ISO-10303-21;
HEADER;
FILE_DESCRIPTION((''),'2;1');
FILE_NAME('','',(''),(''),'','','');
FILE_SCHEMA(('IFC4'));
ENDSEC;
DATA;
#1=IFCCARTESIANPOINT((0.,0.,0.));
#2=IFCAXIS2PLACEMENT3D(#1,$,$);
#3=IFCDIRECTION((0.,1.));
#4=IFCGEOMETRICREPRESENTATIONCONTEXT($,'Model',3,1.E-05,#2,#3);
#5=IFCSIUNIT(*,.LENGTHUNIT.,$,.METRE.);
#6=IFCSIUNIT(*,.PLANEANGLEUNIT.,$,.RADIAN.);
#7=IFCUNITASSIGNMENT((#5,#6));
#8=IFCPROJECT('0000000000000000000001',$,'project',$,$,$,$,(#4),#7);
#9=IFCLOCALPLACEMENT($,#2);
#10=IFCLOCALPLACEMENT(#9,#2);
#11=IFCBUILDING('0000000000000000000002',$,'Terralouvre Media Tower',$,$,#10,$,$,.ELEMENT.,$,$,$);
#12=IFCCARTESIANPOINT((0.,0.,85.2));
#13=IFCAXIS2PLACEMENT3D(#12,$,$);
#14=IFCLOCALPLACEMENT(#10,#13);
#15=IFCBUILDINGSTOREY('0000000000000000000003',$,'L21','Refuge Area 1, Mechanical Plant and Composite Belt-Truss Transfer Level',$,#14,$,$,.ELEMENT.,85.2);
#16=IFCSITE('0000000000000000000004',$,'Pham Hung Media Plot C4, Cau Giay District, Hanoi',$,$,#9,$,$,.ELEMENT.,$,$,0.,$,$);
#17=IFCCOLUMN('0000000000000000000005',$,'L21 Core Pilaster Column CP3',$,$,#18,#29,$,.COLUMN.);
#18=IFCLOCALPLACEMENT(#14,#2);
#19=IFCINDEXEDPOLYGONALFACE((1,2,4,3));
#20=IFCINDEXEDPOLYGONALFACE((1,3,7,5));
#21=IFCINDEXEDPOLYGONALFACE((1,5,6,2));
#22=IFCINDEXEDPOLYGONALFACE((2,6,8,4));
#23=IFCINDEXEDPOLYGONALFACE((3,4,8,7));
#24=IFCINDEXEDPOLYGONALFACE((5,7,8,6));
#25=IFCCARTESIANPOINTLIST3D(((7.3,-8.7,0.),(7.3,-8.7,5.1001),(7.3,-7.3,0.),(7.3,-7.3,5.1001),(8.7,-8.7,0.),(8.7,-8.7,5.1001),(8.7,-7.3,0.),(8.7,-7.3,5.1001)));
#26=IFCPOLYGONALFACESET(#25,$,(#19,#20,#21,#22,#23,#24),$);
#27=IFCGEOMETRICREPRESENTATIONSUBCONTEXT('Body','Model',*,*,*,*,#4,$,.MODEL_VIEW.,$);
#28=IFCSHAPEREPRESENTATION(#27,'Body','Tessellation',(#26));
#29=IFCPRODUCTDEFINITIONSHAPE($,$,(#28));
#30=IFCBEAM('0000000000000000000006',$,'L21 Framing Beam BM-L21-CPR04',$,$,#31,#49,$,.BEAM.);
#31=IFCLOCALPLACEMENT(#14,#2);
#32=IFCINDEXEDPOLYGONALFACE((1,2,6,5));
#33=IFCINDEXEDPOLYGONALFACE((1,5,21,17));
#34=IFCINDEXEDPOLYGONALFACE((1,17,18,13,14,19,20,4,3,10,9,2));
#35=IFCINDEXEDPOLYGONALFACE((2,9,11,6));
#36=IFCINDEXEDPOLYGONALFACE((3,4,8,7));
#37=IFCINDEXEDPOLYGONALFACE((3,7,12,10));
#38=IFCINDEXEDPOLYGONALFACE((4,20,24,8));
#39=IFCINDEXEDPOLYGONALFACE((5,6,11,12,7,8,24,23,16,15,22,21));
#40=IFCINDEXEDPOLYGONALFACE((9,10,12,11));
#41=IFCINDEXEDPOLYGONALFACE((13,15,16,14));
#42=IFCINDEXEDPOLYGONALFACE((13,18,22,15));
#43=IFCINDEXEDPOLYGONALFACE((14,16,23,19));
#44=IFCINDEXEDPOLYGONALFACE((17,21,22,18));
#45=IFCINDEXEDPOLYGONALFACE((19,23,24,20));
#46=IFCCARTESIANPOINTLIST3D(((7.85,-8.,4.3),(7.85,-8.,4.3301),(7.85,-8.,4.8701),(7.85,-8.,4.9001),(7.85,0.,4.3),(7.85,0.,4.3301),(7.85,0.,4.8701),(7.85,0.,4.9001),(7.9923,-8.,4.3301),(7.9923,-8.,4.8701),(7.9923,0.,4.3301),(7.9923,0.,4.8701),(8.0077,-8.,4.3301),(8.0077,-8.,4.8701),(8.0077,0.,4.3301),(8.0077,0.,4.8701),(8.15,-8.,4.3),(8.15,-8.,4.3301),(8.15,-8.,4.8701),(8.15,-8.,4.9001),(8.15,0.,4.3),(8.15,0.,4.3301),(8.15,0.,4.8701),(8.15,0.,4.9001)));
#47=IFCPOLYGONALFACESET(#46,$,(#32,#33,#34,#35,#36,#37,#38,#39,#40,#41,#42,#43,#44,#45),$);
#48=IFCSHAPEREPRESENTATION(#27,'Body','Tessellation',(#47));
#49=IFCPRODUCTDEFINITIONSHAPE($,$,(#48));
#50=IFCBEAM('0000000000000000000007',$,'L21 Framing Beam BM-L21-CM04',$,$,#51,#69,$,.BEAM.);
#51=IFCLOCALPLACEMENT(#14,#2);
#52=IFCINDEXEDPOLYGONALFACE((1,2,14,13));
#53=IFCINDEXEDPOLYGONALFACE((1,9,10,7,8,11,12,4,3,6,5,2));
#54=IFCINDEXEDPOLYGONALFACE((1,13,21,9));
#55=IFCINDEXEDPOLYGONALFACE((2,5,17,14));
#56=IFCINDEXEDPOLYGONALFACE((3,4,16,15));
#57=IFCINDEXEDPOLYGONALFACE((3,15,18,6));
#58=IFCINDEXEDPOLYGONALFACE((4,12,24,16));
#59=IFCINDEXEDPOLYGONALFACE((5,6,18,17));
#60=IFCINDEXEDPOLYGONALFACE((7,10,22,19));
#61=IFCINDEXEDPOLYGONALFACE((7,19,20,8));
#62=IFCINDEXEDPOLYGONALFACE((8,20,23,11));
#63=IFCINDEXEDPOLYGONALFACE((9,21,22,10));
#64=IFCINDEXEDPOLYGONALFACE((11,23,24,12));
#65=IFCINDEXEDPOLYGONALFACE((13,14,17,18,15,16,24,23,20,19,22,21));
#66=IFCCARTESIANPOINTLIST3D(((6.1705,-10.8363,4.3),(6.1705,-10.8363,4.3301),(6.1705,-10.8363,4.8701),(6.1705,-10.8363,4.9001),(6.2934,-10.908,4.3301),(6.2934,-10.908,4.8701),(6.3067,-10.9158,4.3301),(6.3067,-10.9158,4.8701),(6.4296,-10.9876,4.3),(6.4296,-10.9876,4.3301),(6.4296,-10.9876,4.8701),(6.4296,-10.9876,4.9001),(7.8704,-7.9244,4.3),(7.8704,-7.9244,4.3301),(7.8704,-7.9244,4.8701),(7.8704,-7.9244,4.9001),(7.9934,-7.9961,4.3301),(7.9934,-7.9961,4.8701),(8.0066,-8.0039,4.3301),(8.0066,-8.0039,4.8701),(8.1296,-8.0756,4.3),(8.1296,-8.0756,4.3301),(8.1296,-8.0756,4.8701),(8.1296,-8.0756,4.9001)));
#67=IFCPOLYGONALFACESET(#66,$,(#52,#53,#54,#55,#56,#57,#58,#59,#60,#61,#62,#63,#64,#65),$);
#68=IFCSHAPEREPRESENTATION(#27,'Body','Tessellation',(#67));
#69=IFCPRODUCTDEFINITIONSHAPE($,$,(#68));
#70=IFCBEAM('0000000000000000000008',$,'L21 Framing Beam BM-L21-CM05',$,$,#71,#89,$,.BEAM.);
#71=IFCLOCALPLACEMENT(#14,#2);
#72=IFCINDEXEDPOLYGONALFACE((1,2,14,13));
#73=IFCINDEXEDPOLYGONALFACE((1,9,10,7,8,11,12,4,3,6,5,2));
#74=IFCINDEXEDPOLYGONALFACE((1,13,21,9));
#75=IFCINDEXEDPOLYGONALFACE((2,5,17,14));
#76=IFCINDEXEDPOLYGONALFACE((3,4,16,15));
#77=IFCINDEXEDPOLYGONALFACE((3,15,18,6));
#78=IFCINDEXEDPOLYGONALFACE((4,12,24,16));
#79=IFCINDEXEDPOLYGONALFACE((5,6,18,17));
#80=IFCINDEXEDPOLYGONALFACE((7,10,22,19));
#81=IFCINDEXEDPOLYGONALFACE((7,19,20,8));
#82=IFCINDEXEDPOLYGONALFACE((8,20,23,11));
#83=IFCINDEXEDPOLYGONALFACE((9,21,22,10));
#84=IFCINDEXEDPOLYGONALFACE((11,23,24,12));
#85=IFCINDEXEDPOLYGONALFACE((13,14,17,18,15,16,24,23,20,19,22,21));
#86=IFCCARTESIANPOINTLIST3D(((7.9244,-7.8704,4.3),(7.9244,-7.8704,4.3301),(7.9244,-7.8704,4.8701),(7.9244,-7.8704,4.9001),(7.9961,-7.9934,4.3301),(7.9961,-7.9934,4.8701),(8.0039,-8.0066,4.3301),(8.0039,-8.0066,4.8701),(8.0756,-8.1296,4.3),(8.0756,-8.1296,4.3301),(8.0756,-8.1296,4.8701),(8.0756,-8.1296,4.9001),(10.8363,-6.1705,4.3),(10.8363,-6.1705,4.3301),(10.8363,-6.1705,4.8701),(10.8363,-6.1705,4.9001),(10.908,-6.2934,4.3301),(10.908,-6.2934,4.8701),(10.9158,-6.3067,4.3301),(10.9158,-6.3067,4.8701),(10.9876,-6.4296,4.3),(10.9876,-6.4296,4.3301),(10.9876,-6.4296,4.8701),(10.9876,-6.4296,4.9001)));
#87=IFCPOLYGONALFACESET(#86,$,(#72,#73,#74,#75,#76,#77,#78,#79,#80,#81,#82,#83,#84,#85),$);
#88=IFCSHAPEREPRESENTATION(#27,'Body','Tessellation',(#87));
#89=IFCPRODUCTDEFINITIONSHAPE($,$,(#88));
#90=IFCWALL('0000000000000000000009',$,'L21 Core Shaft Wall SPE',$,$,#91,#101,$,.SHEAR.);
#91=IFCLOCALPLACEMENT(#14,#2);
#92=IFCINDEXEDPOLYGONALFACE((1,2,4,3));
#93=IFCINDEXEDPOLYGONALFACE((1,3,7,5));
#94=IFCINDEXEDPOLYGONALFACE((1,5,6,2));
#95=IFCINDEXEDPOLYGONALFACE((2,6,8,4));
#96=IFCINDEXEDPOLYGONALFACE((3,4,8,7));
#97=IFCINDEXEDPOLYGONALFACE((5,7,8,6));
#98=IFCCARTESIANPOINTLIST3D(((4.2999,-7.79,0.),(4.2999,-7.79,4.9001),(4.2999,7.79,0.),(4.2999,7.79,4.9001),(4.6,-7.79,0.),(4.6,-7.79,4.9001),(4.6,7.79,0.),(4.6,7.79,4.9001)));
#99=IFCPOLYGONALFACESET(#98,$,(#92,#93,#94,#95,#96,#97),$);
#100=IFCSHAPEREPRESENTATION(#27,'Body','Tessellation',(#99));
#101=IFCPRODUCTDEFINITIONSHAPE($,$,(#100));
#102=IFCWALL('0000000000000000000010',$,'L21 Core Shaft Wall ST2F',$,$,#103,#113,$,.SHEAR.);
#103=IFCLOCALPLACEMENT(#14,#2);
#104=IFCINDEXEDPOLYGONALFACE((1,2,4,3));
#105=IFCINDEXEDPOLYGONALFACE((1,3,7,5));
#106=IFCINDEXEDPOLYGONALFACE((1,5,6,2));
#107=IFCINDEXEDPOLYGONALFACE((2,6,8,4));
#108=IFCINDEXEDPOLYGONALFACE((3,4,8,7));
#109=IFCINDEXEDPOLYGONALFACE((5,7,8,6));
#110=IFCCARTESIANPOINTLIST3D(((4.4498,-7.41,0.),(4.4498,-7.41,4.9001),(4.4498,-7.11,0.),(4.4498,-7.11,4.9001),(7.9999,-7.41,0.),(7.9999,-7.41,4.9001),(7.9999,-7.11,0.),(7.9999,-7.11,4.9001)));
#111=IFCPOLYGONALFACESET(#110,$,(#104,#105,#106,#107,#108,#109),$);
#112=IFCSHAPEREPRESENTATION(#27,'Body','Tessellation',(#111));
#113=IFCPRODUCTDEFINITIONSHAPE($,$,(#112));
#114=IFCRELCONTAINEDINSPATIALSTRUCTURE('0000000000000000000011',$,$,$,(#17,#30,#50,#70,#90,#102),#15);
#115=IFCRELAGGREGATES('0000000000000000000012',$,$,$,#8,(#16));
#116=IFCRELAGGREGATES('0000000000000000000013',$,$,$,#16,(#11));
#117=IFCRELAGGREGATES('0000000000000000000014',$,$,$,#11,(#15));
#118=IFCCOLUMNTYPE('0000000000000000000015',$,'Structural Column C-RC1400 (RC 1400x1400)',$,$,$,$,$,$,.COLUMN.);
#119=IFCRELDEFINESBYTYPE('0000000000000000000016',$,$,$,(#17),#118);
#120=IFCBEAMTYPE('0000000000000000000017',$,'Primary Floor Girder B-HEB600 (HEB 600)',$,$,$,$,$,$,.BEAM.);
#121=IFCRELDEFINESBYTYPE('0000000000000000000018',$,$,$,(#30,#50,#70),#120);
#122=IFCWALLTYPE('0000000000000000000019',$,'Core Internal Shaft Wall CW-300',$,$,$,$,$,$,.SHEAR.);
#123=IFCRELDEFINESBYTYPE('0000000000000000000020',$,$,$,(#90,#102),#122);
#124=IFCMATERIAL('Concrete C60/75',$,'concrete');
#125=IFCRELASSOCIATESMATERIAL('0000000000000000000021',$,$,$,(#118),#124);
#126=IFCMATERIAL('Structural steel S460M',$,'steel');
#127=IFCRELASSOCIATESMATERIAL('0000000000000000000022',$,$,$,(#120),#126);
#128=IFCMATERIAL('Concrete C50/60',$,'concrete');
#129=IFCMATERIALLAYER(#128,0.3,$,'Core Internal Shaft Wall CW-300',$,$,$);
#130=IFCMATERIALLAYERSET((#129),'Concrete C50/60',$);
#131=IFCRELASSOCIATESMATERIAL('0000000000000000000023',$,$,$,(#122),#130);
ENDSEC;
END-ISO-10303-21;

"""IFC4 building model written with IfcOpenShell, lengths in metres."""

from ifc_helpers import new_model, si_unit, direction, frame, frame_2d, origin, origin_2d, place, context, subcontext, project, spatial, rectangle, i_section, extrude, material, layer, layer_set, material_profile, profile_set, type_object, element, save


model = new_model("IFC4")

# Units and contexts
model_context = context("Model", 3, precision=1e-05, world=origin(), true_north=direction((0.0, 1.0)))
body_context = subcontext(model_context, "Body", "Model", "MODEL_VIEW")
ifc_project = project(units=[si_unit("LENGTHUNIT", "METRE"), si_unit("PLANEANGLEUNIT", "RADIAN")], contexts=[model_context])

# Site, building, storey
site_placement = place(None, origin())
site = spatial("IfcSite", under=ifc_project, at=site_placement, Name="Pham Hung Media Plot C4, Cau Giay District, Hanoi", CompositionType="ELEMENT", RefElevation=0.0)
building_placement = place(site_placement, origin())
building = spatial("IfcBuilding", under=site, at=building_placement, Name="Terralouvre Media Tower", CompositionType="ELEMENT")
storey_placement = place(building_placement, frame((0.0, 0.0, 85.2)))
storey = spatial("IfcBuildingStorey", under=building, at=storey_placement, Name="L21", Description="Refuge Area 1, Mechanical Plant and Composite Belt-Truss Transfer Level", CompositionType="ELEMENT", Elevation=85.2)

# Column
ifc_material_1 = material(Name="Concrete C60/75", Category="concrete")
ifc_material_profile_1 = material_profile(ifc_material_1, rectangle(XDim=1.3999, YDim=1.3999, at=origin_2d()), Name="RC 1400x1400")
ifc_profile_set_1 = profile_set([ifc_material_profile_1], Name="Concrete C60/75")
column_type = type_object("IfcColumnType", Name="Structural Column C-RC1400 (RC 1400x1400)", PredefinedType="COLUMN", material=ifc_profile_set_1)
column_placement = place(storey_placement, frame((8.0, -8.0, 0.0), z_axis=(0.0, 0.0, 1.0), x_axis=(1.0, 0.0, 0.0)))
element("IfcColumn", 1, at=column_placement, inside=storey, type_object=column_type, Name="L21 Core Pilaster Column CP3", PredefinedType="COLUMN", context=body_context, shape_type="SweptSolid", body=[
    extrude(rectangle(XDim=1.3999, YDim=1.3999, at=origin_2d()), origin(), (0.0, 0.0, 1.0), 5.1001),
])

# Beams
ifc_material_2 = material(Name="Structural steel S460M", Category="steel")
ifc_material_profile_2 = material_profile(ifc_material_2, i_section(OverallWidth=0.3, OverallDepth=0.6001, WebThickness=0.0154, FlangeThickness=0.03, at=origin_2d()), Name="HEB 600")
ifc_profile_set_2 = profile_set([ifc_material_profile_2], Name="Structural steel S460M")
beam_type = type_object("IfcBeamType", Name="Primary Floor Girder B-HEB600 (HEB 600)", PredefinedType="BEAM", material=ifc_profile_set_2)
beam_placement = place(storey_placement, frame((8.0, -8.0, 4.6001), z_axis=(0.0, 1.0, 0.0), x_axis=(-1.0, 0.0, 0.0)))
element("IfcBeam", 2, at=beam_placement, inside=storey, type_object=beam_type, Name="L21 Framing Beam BM-L21-CPR04", PredefinedType="BEAM", context=body_context, shape_type="SweptSolid", body=[
    extrude(i_section(OverallWidth=0.3, OverallDepth=0.6001, WebThickness=0.0154, FlangeThickness=0.03, at=origin_2d()), origin(), (0.0, 0.0, 1.0), 8.0),
])
for number, where, z_axis, x_axis, name in (
    (3, (8.0, -8.0, 4.6001), (-0.504173, -0.863603, 0.0), (0.863603, -0.504173, 0.0), "L21 Framing Beam BM-L21-CM04"),
    (4, (8.0, -8.0, 4.6001), (0.863603, 0.504173, 0.0), (-0.504173, 0.863603, 0.0), "L21 Framing Beam BM-L21-CM05"),
):
    element("IfcBeam", number, at=place(storey_placement, frame(where, z_axis=z_axis, x_axis=x_axis)), inside=storey, type_object=beam_type, Name=name, PredefinedType="BEAM", context=body_context, shape_type="SweptSolid", body=[
        extrude(i_section(OverallWidth=0.3, OverallDepth=0.6001, WebThickness=0.0154, FlangeThickness=0.03, at=origin_2d()), origin(), (0.0, 0.0, 1.0), 3.3718),
    ])

# Wall
ifc_material_3 = material(Name="Concrete C50/60", Category="concrete")
ifc_layer_1 = layer(ifc_material_3, 0.3, Name="Core Internal Shaft Wall CW-300")
ifc_layer_set_1 = layer_set([ifc_layer_1], Name="Concrete C50/60")
wall_type_1 = type_object("IfcWallType", Name="Core Internal Shaft Wall CW-300", PredefinedType="SHEAR", material=ifc_layer_set_1)
wall_1_placement = place(storey_placement, frame((4.45, -7.79, 0.0), z_axis=(0.0, 0.0, 1.0), x_axis=(0.0, 1.0, 0.0)))
element("IfcWall", 5, at=wall_1_placement, inside=storey, type_object=wall_type_1, Name="L21 Core Shaft Wall SPE", PredefinedType="SHEAR", context=body_context, shape_type="SweptSolid", body=[
    extrude(rectangle(XDim=15.5801, YDim=0.3, at=frame_2d((7.79, 0.0))), origin(), (0.0, 0.0, 1.0), 4.9001),
])

# Wall
wall_2_placement = place(storey_placement, frame((4.45, -7.26, 0.0), z_axis=(0.0, 0.0, 1.0), x_axis=(1.0, 0.0, 0.0)))
element("IfcWall", 6, at=wall_2_placement, inside=storey, type_object=wall_type_1, Name="L21 Core Shaft Wall ST2F", PredefinedType="SHEAR", context=body_context, shape_type="SweptSolid", body=[
    extrude(rectangle(XDim=3.55, YDim=0.3, at=frame_2d((1.7749, 0.0))), origin(), (0.0, 0.0, 1.0), 4.9001),
])

save(model, "model.ifc")
